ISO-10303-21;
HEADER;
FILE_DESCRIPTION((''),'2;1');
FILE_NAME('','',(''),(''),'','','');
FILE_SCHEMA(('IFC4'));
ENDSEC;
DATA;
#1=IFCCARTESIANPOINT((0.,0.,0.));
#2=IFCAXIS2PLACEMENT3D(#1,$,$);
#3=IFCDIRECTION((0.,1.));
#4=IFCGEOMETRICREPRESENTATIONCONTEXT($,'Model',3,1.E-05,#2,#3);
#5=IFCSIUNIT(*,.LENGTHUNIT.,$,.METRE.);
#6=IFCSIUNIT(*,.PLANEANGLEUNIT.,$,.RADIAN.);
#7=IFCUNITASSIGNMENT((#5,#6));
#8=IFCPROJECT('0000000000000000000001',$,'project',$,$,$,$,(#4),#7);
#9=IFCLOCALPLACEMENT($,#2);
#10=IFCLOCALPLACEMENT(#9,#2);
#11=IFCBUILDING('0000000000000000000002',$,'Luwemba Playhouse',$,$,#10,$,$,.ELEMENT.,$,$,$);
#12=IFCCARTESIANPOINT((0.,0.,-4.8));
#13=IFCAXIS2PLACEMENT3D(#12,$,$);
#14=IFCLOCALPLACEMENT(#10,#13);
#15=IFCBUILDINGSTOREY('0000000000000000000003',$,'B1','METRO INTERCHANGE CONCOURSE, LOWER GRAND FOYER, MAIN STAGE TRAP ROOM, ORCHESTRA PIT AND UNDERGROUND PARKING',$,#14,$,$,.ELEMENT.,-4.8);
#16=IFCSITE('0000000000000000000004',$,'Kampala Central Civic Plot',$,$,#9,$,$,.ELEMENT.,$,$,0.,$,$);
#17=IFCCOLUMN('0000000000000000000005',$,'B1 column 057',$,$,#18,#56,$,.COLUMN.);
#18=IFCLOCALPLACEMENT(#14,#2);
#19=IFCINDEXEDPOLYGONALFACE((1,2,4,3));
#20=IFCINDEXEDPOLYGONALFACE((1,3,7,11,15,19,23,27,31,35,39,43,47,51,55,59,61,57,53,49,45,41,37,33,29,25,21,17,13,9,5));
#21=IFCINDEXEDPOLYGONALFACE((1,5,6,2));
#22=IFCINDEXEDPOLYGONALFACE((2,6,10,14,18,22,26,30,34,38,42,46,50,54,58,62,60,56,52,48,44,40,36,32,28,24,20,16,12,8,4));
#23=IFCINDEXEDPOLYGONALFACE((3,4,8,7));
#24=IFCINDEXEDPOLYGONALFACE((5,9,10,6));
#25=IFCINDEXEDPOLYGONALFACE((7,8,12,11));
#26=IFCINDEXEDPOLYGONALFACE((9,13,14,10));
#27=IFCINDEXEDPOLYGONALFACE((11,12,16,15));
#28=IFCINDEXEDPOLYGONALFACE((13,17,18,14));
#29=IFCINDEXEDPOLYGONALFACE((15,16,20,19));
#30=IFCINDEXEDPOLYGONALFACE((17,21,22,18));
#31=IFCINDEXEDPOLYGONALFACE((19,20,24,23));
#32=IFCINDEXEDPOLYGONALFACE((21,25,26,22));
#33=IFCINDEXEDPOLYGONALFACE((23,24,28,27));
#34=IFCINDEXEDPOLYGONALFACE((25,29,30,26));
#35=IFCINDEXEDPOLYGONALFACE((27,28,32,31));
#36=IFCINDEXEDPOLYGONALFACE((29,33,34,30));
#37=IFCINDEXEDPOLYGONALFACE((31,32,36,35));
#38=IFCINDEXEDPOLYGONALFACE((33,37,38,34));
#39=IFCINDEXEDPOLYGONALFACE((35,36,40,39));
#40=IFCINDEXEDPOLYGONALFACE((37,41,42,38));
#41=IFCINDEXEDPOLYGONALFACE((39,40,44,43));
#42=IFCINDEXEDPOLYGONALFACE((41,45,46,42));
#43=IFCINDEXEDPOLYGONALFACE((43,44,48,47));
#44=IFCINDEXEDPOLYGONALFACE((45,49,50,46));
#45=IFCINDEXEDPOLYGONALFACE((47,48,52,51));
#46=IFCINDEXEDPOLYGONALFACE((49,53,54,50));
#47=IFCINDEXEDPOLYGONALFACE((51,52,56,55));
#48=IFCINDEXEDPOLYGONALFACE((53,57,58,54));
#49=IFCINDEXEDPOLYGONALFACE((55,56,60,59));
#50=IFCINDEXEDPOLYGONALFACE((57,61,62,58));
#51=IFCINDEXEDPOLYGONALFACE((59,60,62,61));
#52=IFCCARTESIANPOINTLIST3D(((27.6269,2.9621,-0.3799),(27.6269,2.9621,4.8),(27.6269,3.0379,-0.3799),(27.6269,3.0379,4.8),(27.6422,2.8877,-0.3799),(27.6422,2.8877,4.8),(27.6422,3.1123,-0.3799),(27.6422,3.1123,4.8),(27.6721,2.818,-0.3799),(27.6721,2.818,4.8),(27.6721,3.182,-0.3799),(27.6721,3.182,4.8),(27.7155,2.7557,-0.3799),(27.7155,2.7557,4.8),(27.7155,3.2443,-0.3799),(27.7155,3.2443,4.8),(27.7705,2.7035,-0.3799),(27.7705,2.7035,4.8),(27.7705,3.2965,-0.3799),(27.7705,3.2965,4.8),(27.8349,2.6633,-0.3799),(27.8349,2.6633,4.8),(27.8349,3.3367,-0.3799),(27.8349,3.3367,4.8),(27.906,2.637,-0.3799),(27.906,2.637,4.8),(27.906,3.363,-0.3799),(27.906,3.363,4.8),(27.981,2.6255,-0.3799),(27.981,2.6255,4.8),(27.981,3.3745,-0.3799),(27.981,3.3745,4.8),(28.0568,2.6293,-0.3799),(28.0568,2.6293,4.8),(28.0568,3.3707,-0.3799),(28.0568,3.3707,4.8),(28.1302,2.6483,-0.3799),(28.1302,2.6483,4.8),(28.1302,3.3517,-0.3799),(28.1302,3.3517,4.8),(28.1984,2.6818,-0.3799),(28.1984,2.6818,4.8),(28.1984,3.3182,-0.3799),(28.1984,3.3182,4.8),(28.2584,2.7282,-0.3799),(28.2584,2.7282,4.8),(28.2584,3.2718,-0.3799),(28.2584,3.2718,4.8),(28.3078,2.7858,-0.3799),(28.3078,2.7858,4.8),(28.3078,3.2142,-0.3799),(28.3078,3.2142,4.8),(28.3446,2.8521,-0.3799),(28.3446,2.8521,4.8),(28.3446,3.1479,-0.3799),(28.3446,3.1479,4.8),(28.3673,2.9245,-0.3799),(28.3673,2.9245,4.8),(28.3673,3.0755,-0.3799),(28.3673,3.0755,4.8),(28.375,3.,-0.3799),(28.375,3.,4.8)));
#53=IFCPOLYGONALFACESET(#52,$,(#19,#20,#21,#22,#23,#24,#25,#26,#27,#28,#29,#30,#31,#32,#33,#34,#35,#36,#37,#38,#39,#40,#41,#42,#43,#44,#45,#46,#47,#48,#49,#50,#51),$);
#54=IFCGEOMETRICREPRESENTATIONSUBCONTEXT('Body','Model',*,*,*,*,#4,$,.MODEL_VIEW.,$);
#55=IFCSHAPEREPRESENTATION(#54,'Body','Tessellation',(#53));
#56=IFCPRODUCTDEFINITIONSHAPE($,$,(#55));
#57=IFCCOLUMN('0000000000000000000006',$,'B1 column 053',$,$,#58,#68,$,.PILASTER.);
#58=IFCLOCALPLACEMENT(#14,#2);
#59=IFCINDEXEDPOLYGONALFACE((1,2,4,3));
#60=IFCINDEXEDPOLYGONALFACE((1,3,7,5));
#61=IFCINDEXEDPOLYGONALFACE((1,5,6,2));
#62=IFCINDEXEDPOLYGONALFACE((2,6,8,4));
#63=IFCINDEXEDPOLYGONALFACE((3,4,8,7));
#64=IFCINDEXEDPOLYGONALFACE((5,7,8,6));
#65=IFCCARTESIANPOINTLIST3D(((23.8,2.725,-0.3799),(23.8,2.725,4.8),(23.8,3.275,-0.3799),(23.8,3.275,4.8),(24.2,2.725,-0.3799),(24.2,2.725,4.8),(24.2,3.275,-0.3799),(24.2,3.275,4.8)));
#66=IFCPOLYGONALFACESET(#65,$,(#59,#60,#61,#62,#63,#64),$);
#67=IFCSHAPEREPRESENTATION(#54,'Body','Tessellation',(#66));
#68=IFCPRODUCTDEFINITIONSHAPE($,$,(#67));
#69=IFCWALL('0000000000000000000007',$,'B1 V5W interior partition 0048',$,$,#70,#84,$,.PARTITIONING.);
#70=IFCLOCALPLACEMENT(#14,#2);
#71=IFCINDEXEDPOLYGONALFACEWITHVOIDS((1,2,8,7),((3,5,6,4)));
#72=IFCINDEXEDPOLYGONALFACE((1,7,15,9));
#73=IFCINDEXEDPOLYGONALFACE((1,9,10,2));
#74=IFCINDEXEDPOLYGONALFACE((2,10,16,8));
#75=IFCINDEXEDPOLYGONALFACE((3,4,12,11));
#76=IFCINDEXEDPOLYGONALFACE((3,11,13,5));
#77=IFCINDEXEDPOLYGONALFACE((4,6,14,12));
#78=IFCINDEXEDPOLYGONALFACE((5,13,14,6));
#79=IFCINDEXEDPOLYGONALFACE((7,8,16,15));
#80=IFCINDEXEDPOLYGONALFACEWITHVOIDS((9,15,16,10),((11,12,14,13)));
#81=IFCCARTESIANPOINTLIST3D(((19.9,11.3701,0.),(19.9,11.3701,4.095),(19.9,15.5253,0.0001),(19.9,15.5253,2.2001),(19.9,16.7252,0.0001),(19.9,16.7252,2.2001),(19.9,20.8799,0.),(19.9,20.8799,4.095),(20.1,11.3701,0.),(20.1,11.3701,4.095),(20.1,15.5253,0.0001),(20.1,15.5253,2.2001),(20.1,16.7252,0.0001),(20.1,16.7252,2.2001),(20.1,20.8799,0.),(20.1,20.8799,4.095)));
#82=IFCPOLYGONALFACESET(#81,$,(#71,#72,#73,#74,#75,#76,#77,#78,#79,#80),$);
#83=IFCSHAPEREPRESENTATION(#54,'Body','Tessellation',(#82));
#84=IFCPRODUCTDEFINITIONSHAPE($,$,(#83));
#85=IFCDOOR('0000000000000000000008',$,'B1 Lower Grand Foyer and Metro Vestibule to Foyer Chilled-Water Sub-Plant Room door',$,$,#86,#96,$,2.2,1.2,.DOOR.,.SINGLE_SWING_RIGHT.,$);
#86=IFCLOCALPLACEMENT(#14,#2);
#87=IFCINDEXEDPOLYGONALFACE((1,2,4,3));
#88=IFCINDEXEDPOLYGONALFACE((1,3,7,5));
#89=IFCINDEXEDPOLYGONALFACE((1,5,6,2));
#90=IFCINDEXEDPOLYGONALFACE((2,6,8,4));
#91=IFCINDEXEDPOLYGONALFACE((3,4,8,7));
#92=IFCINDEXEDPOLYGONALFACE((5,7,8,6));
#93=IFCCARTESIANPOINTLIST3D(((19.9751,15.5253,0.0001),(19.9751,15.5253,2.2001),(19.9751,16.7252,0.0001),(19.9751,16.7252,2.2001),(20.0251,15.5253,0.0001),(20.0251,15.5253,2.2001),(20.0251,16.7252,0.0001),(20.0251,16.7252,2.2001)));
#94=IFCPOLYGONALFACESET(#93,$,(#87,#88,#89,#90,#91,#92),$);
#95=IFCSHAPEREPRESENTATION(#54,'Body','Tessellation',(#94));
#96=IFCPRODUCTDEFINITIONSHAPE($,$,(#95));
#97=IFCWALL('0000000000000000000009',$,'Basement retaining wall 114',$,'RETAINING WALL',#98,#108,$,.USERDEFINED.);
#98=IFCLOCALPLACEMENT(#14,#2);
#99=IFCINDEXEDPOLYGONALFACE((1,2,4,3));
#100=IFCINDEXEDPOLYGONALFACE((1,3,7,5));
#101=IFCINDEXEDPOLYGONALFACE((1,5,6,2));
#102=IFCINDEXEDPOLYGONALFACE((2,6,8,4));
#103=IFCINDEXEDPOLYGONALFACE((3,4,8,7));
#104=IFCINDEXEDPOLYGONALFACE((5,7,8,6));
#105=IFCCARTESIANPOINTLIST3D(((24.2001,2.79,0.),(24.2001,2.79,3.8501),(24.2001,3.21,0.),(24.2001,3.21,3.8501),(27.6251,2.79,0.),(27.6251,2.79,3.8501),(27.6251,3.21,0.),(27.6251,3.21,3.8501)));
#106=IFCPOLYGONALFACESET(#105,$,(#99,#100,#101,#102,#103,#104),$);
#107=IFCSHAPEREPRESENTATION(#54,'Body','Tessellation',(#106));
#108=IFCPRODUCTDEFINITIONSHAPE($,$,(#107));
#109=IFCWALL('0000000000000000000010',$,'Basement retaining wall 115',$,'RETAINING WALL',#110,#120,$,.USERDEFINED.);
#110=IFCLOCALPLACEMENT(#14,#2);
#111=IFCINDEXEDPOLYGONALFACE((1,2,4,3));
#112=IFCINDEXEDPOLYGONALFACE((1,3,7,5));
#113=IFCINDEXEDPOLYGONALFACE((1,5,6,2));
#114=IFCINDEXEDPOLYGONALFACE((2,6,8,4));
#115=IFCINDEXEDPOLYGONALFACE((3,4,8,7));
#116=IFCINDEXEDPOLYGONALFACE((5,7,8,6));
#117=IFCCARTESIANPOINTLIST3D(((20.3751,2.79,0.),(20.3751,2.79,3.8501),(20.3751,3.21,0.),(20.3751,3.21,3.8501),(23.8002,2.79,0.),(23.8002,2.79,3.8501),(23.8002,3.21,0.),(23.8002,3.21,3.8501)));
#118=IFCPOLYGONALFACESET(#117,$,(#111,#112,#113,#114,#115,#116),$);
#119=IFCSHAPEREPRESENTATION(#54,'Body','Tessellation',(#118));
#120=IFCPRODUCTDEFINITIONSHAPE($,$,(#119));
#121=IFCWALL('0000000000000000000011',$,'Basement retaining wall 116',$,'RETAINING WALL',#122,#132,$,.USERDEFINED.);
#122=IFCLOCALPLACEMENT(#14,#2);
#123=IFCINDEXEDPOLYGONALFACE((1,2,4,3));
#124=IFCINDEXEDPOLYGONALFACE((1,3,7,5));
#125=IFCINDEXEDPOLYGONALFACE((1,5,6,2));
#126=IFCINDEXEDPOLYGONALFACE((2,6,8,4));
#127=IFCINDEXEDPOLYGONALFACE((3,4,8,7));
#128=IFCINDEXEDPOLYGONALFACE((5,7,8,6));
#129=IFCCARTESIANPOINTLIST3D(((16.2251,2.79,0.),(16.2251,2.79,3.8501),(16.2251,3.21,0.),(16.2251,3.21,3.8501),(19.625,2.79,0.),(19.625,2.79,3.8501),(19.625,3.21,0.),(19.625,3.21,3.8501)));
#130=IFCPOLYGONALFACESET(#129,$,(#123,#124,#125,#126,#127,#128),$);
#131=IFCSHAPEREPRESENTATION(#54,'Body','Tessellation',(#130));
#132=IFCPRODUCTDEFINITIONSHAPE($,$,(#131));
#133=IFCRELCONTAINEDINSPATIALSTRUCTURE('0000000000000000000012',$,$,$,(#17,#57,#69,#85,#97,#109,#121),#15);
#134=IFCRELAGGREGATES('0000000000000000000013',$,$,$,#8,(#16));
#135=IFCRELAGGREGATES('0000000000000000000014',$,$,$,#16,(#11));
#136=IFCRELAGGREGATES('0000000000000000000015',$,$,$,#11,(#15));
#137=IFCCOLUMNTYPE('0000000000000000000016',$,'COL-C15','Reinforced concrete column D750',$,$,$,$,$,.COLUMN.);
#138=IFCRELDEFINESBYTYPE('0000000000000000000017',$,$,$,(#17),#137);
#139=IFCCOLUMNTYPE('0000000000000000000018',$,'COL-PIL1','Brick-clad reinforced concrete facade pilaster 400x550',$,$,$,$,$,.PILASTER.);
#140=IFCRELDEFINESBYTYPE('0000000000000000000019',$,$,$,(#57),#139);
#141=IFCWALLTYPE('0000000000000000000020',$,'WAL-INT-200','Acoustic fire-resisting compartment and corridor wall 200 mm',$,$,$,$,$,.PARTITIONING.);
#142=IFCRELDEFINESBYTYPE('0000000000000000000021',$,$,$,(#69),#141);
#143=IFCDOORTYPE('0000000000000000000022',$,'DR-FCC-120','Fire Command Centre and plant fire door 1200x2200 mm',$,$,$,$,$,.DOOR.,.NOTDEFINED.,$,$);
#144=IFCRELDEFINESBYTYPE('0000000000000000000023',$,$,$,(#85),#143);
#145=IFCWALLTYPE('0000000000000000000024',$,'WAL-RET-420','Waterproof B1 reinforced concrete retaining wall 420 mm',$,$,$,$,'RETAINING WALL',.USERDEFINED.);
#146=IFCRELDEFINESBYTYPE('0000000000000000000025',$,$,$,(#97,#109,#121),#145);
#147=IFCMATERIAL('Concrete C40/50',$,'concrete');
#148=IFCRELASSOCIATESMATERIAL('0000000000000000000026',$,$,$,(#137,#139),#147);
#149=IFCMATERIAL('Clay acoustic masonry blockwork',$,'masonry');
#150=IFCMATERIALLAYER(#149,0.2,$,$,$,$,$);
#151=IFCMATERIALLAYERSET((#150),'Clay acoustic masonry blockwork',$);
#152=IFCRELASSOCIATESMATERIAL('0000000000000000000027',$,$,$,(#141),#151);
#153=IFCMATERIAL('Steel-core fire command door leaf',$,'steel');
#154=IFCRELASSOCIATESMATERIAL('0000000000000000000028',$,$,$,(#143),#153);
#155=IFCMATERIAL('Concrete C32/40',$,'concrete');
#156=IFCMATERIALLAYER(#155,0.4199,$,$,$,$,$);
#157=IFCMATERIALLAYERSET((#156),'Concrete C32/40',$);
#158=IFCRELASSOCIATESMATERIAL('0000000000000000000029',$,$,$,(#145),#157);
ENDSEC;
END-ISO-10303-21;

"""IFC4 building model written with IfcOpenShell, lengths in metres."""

from ifc_helpers import new_model, si_unit, direction, frame, frame_2d, origin, origin_2d, place, context, subcontext, project, spatial, rectangle, circle, extrude, material, layer, layer_set, material_profile, profile_set, type_object, element, fill, save


model = new_model("IFC4")

# Units and contexts
model_context = context("Model", 3, precision=1e-05, world=origin(), true_north=direction((0.0, 1.0)))
body_context = subcontext(model_context, "Body", "Model", "MODEL_VIEW")
ifc_project = project(units=[si_unit("LENGTHUNIT", "METRE"), si_unit("PLANEANGLEUNIT", "RADIAN")], contexts=[model_context])

# Site, building, storey
site_placement = place(None, origin())
site = spatial("IfcSite", under=ifc_project, at=site_placement, Name="Kampala Central Civic Plot", CompositionType="ELEMENT", RefElevation=0.0)
building_placement = place(site_placement, origin())
building = spatial("IfcBuilding", under=site, at=building_placement, Name="Luwemba Playhouse", CompositionType="ELEMENT")
storey_placement = place(building_placement, frame((0.0, 0.0, -4.8)))
storey = spatial("IfcBuildingStorey", under=building, at=storey_placement, Name="B1", Description="METRO INTERCHANGE CONCOURSE, LOWER GRAND FOYER, MAIN STAGE TRAP ROOM, ORCHESTRA PIT AND UNDERGROUND PARKING", CompositionType="ELEMENT", Elevation=-4.8)

# Shared definitions
ifc_material_1 = material(Name="Concrete C32/40", Category="concrete")

# Columns
ifc_material_2 = material(Name="Concrete C40/50", Category="concrete")
ifc_material_profile_1 = material_profile(ifc_material_2, circle(Radius=0.375, at=origin_2d()))
ifc_profile_set_1 = profile_set([ifc_material_profile_1], Name="Concrete C40/50")
column_type_1 = type_object("IfcColumnType", Name="COL-C15", Description="Reinforced concrete column D750", PredefinedType="COLUMN", material=ifc_profile_set_1)
for number, where, z_axis, x_axis, name in (
    (1, (28.0, 3.0, -0.3799), (0.0, 0.0, 1.0), (1.0, 0.0, 0.0), "B1 column 057"),
):
    element("IfcColumn", number, at=place(storey_placement, frame(where, z_axis=z_axis, x_axis=x_axis)), inside=storey, type_object=column_type_1, Name=name, PredefinedType="COLUMN", context=body_context, shape_type="SweptSolid", body=[
        extrude(circle(Radius=0.375, at=origin_2d()), origin(), (0.0, 0.0, 1.0), 5.1799),
    ])
ifc_material_profile_2 = material_profile(ifc_material_2, rectangle(XDim=0.3999, YDim=0.55, at=origin_2d()))
ifc_profile_set_2 = profile_set([ifc_material_profile_2], Name="Concrete C40/50")
column_type_2 = type_object("IfcColumnType", Name="COL-PIL1", Description="Brick-clad reinforced concrete facade pilaster 400x550", PredefinedType="PILASTER", material=ifc_profile_set_2)
column_1_placement = place(storey_placement, frame((24.0, 3.0, -0.3799), z_axis=(0.0, 0.0, 1.0), x_axis=(1.0, 0.0, 0.0)))
element("IfcColumn", 2, at=column_1_placement, inside=storey, type_object=column_type_2, Name="B1 column 053", PredefinedType="PILASTER", context=body_context, shape_type="SweptSolid", body=[
    extrude(rectangle(XDim=0.3999, YDim=0.55, at=origin_2d()), origin(), (0.0, 0.0, 1.0), 5.1799),
])

# Wall, opening, door
ifc_material_3 = material(Name="Clay acoustic masonry blockwork", Category="masonry")
ifc_layer_1 = layer(ifc_material_3, 0.2)
ifc_layer_set_1 = layer_set([ifc_layer_1], Name="Clay acoustic masonry blockwork")
wall_type_1 = type_object("IfcWallType", Name="WAL-INT-200", Description="Acoustic fire-resisting compartment and corridor wall 200 mm", PredefinedType="PARTITIONING", material=ifc_layer_set_1)
wall_1_placement = place(storey_placement, frame((20.0, 11.3701, 0.0), z_axis=(0.0, 0.0, 1.0), x_axis=(0.0, 1.0, 0.0)))
wall_1 = element("IfcWall", 3, at=wall_1_placement, inside=storey, type_object=wall_type_1, Name="B1 V5W interior partition 0048", PredefinedType="PARTITIONING", context=body_context, shape_type="SweptSolid", body=[
    extrude(rectangle(XDim=9.5098, YDim=0.2, at=frame_2d((4.7549, 0.0))), origin(), (0.0, 0.0, 1.0), 4.095),
])
opening_placement = place(wall_1_placement, frame((4.155, 0.0, 0.0)))
opening = element("IfcOpeningElement", 4, at=opening_placement, cuts=wall_1, PredefinedType="OPENING", context=body_context, shape_type="SweptSolid", body=[
    extrude(rectangle(XDim=1.2, YDim=2.2, at=frame_2d((0.6001, 1.1001))), frame((0.0, 0.1099, 0.0), z_axis=(0.0, -1.0, 0.0), x_axis=(1.0, 0.0, 0.0)), (0.0, 0.0, 1.0), 0.22),
])
ifc_material_4 = material(Name="Steel-core fire command door leaf", Category="steel")
door_type = type_object("IfcDoorType", Name="DR-FCC-120", Description="Fire Command Centre and plant fire door 1200x2200 mm", OperationType="NOTDEFINED", PredefinedType="DOOR", material=ifc_material_4)
door_placement = place(opening_placement, origin())
door = element("IfcDoor", 5, at=door_placement, inside=storey, type_object=door_type, Name="B1 Lower Grand Foyer and Metro Vestibule to Foyer Chilled-Water Sub-Plant Room door", OperationType="SINGLE_SWING_RIGHT", OverallHeight=2.2, OverallWidth=1.2, PredefinedType="DOOR", context=body_context, shape_type="SweptSolid", body=[
    extrude(rectangle(XDim=1.2, YDim=2.2, at=frame_2d((0.6001, 1.1001))), frame((0.0, 0.0249, 0.0), z_axis=(0.0, -1.0, 0.0), x_axis=(1.0, 0.0, 0.0)), (0.0, 0.0, 1.0), 0.05),
])
fill(opening, door)

# Walls
ifc_layer_2 = layer(ifc_material_1, 0.4199)
ifc_layer_set_2 = layer_set([ifc_layer_2], Name="Concrete C32/40")
wall_type_2 = type_object("IfcWallType", Name="WAL-RET-420", Description="Waterproof B1 reinforced concrete retaining wall 420 mm", ElementType="RETAINING WALL", PredefinedType="USERDEFINED", material=ifc_layer_set_2)
for number, where, z_axis, x_axis, name in (
    (6, (27.625, 3.0, 0.0), (0.0, 0.0, 1.0), (-1.0, 0.0, 0.0), "Basement retaining wall 114"),
    (7, (23.8, 3.0, 0.0), (0.0, 0.0, 1.0), (-1.0, 0.0, 0.0), "Basement retaining wall 115"),
):
    element("IfcWall", number, at=place(storey_placement, frame(where, z_axis=z_axis, x_axis=x_axis)), inside=storey, type_object=wall_type_2, Name=name, ObjectType="RETAINING WALL", PredefinedType="USERDEFINED", context=body_context, shape_type="SweptSolid", body=[
        extrude(rectangle(XDim=3.425, YDim=0.4199, at=frame_2d((1.7124, 0.0))), origin(), (0.0, 0.0, 1.0), 3.8501),
    ])
wall_2_placement = place(storey_placement, frame((19.625, 3.0, 0.0), z_axis=(0.0, 0.0, 1.0), x_axis=(-1.0, 0.0, 0.0)))
element("IfcWall", 8, at=wall_2_placement, inside=storey, type_object=wall_type_2, Name="Basement retaining wall 116", ObjectType="RETAINING WALL", PredefinedType="USERDEFINED", context=body_context, shape_type="SweptSolid", body=[
    extrude(rectangle(XDim=3.3999, YDim=0.4199, at=frame_2d((1.7, 0.0))), origin(), (0.0, 0.0, 1.0), 3.8501),
])

save(model, "model.ifc")
